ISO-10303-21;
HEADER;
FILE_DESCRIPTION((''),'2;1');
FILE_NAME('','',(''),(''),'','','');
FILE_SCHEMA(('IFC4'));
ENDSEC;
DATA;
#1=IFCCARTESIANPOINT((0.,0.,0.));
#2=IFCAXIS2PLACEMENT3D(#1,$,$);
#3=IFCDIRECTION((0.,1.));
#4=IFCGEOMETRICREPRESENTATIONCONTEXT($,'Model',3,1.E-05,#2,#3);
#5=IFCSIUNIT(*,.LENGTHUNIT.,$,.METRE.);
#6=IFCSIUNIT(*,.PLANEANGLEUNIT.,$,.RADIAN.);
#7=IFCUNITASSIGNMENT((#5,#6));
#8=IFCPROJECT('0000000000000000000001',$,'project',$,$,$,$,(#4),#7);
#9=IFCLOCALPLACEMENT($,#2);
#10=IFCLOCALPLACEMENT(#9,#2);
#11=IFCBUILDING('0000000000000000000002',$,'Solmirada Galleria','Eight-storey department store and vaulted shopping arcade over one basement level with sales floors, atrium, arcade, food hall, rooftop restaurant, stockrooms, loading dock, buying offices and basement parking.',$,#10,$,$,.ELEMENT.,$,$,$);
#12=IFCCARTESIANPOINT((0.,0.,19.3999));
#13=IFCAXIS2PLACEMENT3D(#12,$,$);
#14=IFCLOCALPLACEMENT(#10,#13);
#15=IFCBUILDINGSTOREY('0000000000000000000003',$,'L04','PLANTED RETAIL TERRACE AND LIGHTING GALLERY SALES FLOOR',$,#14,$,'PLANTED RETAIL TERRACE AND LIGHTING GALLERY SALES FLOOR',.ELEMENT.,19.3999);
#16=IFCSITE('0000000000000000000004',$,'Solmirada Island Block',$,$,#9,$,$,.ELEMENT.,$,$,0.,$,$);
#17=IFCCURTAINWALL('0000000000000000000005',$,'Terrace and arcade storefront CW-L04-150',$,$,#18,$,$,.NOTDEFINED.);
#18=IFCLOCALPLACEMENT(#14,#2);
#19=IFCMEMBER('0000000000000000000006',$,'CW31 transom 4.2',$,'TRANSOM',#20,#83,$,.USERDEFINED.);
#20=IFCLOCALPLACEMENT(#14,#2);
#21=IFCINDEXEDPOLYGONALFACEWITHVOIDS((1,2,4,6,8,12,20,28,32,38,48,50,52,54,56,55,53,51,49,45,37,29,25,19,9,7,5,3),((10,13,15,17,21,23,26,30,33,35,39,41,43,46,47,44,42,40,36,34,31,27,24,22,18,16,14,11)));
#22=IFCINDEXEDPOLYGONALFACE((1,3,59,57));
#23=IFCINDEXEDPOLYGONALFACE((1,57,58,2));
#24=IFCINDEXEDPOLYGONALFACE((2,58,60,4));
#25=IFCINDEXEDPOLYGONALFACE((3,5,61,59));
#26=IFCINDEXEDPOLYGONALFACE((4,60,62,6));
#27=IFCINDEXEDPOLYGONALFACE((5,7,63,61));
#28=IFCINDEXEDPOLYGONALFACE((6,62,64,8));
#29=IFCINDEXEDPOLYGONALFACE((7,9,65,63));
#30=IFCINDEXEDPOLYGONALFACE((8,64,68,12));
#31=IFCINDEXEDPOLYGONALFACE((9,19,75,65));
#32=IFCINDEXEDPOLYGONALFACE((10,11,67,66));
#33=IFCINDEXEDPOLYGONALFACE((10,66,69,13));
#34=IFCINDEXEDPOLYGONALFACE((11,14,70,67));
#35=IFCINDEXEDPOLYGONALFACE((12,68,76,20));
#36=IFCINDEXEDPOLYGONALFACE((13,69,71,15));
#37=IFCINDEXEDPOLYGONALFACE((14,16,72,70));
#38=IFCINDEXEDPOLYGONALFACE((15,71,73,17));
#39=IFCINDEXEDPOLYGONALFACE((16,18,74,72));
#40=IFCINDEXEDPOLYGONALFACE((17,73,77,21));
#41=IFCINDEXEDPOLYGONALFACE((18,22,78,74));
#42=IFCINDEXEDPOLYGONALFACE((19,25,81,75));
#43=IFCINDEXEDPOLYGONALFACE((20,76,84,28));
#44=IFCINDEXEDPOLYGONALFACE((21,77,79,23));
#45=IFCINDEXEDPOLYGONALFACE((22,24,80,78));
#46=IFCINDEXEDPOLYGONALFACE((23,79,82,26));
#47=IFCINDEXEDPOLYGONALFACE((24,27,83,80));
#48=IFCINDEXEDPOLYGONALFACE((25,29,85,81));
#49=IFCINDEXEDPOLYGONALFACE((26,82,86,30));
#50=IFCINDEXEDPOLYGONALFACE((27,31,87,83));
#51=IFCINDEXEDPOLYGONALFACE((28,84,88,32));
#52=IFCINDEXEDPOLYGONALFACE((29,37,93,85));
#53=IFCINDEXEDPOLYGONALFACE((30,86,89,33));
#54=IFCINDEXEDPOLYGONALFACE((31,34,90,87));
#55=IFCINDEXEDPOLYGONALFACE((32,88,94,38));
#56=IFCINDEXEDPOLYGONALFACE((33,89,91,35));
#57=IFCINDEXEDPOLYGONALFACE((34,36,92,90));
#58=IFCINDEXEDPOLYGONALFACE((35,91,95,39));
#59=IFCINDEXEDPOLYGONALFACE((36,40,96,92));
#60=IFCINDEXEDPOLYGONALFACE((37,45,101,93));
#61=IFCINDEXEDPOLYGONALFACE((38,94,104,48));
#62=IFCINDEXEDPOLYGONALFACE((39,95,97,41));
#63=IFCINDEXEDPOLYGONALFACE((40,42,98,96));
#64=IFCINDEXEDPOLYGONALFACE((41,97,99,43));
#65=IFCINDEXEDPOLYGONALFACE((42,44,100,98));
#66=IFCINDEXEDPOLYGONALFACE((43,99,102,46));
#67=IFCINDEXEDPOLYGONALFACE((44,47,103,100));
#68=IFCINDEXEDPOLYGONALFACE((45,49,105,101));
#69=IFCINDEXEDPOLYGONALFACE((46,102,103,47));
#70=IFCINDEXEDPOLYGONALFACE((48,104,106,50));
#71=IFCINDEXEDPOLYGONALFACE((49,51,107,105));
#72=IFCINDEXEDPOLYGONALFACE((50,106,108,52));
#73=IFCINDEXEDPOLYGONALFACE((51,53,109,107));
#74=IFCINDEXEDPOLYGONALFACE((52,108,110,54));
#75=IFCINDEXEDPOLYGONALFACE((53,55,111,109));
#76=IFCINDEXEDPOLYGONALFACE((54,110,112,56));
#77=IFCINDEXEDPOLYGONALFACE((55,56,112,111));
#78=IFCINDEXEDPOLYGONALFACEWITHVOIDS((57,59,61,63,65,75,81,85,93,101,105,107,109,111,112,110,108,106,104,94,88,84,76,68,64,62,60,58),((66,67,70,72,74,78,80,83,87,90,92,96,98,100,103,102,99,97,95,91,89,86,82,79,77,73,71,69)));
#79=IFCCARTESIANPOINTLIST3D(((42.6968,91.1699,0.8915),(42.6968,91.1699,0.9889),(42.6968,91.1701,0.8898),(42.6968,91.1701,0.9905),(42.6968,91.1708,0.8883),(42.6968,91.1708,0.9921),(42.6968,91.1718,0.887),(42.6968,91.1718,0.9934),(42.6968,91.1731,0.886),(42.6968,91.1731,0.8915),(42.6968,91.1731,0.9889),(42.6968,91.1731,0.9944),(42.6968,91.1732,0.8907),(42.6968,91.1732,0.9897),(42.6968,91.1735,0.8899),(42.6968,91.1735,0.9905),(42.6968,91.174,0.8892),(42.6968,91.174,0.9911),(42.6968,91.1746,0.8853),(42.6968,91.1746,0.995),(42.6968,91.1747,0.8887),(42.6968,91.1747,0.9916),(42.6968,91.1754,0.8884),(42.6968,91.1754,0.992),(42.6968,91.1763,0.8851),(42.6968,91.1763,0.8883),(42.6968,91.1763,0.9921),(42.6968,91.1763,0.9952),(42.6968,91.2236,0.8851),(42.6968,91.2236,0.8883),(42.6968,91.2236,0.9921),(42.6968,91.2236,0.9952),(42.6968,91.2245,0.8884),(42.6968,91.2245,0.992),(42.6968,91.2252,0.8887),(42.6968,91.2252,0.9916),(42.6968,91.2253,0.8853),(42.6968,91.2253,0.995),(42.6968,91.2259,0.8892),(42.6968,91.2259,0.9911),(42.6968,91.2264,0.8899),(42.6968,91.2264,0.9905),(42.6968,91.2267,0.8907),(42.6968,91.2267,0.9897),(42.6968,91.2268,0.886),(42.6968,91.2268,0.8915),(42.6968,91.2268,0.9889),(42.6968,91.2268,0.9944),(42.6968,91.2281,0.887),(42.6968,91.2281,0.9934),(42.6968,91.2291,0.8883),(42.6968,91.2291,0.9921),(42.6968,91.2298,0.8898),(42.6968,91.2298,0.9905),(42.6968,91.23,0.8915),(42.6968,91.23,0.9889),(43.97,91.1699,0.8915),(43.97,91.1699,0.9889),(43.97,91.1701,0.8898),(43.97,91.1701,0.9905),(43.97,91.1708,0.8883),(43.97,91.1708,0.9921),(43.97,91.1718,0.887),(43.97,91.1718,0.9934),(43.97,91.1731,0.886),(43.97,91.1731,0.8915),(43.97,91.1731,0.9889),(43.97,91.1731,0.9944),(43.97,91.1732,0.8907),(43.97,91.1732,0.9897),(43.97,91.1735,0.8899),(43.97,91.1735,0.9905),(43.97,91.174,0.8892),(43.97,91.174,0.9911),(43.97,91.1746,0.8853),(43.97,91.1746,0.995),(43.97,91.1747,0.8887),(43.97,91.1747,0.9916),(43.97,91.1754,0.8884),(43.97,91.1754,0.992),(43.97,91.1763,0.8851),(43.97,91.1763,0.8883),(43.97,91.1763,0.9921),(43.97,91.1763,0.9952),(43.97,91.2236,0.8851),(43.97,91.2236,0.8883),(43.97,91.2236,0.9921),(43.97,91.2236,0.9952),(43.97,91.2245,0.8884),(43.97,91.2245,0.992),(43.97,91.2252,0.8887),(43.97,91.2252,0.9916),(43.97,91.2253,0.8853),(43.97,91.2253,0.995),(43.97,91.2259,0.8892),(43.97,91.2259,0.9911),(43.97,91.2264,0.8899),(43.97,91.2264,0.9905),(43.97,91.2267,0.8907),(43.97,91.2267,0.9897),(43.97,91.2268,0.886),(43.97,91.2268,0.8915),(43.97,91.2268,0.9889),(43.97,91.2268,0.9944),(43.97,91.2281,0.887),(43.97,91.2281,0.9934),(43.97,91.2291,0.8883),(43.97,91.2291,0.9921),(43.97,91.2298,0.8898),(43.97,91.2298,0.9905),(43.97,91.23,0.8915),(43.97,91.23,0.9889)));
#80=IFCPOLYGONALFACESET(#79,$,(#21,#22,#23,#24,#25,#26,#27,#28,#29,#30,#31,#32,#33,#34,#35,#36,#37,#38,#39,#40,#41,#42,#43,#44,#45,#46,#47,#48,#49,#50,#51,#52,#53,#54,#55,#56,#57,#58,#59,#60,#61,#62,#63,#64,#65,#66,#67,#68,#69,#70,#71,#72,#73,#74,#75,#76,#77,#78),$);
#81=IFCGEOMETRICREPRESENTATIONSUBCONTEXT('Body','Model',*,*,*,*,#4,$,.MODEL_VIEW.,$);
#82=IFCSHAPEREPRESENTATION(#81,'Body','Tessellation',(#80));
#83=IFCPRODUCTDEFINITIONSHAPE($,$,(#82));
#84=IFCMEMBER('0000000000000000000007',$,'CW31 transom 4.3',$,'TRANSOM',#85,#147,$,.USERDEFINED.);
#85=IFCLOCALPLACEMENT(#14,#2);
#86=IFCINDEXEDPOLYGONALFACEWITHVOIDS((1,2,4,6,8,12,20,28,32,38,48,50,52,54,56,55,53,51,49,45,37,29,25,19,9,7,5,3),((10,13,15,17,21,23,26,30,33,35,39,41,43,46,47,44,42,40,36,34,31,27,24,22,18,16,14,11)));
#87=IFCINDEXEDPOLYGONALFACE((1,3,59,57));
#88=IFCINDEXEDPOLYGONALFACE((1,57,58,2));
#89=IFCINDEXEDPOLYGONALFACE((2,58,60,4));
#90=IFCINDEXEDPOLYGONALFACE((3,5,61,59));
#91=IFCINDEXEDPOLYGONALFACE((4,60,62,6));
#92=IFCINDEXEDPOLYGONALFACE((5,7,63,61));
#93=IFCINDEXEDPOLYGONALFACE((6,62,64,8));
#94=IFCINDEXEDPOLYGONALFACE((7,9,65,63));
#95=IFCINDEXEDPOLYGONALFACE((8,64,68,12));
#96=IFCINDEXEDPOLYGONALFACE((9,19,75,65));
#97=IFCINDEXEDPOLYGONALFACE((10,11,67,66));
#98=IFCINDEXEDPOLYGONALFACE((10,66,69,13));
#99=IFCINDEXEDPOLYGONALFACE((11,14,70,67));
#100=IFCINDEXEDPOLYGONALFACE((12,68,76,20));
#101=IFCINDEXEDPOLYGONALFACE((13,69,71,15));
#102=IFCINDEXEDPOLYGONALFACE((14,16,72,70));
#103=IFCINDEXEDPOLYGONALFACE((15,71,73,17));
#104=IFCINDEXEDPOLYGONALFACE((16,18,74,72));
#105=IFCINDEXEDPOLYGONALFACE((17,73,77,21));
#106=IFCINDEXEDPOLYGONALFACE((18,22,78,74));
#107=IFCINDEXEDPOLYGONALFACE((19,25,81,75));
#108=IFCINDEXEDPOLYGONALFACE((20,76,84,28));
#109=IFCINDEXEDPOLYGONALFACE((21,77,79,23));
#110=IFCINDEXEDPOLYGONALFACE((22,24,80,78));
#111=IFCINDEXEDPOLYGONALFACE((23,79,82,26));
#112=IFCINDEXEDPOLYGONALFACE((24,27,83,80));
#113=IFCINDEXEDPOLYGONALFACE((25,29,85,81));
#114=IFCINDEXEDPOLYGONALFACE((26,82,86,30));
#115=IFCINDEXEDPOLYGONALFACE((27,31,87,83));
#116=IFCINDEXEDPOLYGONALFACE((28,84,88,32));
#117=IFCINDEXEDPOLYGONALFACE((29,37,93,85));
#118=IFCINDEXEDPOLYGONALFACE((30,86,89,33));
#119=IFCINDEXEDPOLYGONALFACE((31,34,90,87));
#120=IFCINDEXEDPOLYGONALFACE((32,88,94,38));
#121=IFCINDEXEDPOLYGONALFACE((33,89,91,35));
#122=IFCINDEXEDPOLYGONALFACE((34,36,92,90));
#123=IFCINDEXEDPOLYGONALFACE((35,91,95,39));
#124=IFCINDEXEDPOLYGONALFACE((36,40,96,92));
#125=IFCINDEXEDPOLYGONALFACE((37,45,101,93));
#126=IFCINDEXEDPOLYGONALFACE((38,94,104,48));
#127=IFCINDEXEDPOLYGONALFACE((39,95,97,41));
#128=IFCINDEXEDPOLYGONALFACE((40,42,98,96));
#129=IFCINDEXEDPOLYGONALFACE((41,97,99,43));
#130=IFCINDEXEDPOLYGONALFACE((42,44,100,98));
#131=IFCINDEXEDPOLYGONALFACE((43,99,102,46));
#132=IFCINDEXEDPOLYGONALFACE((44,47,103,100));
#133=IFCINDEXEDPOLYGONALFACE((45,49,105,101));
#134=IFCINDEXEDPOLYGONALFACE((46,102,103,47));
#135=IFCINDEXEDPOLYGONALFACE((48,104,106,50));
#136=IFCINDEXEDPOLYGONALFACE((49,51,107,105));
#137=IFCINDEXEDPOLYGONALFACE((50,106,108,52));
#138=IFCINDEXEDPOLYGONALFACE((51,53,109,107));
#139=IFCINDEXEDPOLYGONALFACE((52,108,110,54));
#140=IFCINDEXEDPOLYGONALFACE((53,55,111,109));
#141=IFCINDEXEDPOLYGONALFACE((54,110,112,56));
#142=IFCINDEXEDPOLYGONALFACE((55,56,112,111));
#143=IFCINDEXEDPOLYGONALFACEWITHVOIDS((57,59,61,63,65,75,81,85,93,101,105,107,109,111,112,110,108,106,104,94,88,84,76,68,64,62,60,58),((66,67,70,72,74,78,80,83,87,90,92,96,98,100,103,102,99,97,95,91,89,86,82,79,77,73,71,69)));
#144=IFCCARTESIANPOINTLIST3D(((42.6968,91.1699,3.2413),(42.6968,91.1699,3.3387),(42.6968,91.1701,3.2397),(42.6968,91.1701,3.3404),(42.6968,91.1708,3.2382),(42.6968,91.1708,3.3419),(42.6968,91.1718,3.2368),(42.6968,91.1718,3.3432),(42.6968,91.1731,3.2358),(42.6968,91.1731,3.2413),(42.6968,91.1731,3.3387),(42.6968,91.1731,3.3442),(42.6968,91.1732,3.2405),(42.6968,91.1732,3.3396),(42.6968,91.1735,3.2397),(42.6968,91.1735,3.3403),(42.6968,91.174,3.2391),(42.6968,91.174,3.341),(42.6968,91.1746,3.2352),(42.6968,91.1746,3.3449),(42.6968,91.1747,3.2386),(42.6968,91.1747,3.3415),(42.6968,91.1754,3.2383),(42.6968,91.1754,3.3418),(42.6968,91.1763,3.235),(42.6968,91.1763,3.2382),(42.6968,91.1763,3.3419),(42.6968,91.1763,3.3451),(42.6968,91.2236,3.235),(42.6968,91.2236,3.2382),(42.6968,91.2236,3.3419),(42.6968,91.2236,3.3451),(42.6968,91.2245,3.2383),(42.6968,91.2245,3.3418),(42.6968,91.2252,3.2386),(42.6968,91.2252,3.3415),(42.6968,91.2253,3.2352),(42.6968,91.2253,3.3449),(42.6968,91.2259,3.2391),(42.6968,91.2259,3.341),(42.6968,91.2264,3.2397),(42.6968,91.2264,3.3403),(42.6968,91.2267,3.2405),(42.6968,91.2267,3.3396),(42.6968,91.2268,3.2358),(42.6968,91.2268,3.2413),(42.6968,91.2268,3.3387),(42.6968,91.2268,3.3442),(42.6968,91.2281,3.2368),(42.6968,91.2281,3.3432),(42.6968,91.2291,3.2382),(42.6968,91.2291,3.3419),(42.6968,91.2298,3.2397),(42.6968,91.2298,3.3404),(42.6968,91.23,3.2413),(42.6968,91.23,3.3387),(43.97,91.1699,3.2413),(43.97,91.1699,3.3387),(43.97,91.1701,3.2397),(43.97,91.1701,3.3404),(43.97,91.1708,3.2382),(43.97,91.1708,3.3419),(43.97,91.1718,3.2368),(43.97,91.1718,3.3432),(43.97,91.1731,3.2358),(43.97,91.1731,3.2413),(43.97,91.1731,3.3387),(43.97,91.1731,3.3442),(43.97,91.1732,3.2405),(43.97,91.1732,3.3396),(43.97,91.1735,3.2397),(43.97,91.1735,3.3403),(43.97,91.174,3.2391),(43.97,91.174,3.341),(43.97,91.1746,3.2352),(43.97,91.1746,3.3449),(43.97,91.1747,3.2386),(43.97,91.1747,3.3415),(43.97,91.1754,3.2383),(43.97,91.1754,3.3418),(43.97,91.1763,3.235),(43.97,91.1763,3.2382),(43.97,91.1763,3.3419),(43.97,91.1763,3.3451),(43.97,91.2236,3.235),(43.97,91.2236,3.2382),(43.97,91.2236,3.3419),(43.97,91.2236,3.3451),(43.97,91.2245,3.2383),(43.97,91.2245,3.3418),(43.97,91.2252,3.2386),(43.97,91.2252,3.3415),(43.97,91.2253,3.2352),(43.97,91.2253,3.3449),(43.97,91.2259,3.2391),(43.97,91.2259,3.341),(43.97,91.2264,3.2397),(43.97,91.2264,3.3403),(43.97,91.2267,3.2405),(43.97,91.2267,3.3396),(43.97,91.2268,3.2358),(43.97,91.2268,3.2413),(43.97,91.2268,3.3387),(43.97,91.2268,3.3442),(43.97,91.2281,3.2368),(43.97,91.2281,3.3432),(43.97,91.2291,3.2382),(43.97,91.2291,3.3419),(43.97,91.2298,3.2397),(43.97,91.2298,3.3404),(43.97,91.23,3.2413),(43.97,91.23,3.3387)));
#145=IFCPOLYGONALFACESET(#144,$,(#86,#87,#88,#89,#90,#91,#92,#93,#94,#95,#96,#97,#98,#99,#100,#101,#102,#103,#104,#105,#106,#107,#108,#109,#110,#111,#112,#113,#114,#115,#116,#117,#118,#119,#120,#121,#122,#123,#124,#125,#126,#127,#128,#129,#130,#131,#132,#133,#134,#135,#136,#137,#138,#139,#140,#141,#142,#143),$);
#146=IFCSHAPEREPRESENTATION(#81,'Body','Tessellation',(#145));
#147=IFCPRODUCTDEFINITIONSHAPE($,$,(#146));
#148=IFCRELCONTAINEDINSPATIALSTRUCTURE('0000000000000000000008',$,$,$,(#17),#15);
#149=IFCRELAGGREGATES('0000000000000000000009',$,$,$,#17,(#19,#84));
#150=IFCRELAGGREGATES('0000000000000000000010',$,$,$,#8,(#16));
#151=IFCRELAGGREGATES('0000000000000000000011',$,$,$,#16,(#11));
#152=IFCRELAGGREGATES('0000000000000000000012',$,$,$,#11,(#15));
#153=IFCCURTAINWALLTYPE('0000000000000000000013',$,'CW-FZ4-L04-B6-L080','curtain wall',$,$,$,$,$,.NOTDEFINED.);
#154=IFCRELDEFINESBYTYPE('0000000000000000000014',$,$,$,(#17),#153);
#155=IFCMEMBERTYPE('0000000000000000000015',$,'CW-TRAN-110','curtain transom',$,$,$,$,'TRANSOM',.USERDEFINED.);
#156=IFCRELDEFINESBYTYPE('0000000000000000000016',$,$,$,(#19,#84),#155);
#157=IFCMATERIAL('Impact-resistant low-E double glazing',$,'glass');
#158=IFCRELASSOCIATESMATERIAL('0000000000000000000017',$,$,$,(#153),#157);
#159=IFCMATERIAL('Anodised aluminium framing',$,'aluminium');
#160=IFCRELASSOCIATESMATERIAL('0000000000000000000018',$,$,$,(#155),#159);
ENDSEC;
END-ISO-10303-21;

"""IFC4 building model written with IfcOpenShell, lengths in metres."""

from ifc_helpers import new_model, si_unit, direction, frame, origin, origin_2d, place, context, subcontext, project, spatial, hollow_rectangle, extrude, material, material_profile, profile_set, type_object, element, aggregate, save


model = new_model("IFC4")

# Units and contexts
model_context = context("Model", 3, precision=1e-05, world=origin(), true_north=direction((0.0, 1.0)))
body_context = subcontext(model_context, "Body", "Model", "MODEL_VIEW")
ifc_project = project(units=[si_unit("LENGTHUNIT", "METRE"), si_unit("PLANEANGLEUNIT", "RADIAN")], contexts=[model_context])

# Site, building, storey
site_placement = place(None, origin())
site = spatial("IfcSite", under=ifc_project, at=site_placement, Name="Solmirada Island Block", CompositionType="ELEMENT", RefElevation=0.0)
building_placement = place(site_placement, origin())
building = spatial("IfcBuilding", under=site, at=building_placement, Name="Solmirada Galleria", Description="Eight-storey department store and vaulted shopping arcade over one basement level with sales floors, atrium, arcade, food hall, rooftop restaurant, stockrooms, loading dock, buying offices and basement parking.", CompositionType="ELEMENT")
storey_placement = place(building_placement, frame((0.0, 0.0, 19.3999)))
storey = spatial("IfcBuildingStorey", under=building, at=storey_placement, Name="L04", Description="PLANTED RETAIL TERRACE AND LIGHTING GALLERY SALES FLOOR", LongName="PLANTED RETAIL TERRACE AND LIGHTING GALLERY SALES FLOOR", CompositionType="ELEMENT", Elevation=19.3999)

# Curtain wall, members
ifc_material_1 = material(Name="Impact-resistant low-E double glazing", Category="glass")
curtain_wall_type = type_object("IfcCurtainWallType", Name="CW-FZ4-L04-B6-L080", Description="curtain wall", PredefinedType="NOTDEFINED", material=ifc_material_1)
curtain_wall_placement = place(storey_placement, origin())
curtain_wall = element("IfcCurtainWall", 1, at=curtain_wall_placement, inside=storey, type_object=curtain_wall_type, Name="Terrace and arcade storefront CW-L04-150", PredefinedType="NOTDEFINED")
ifc_material_2 = material(Name="Anodised aluminium framing", Category="aluminium")
ifc_material_profile_1 = material_profile(ifc_material_2, hollow_rectangle(XDim=0.0601, YDim=0.1101, WallThickness=0.0032, InnerFilletRadius=0.0032, OuterFilletRadius=0.0063, at=origin_2d()), Name="ALU-TRAN-110X60")
ifc_profile_set_1 = profile_set([ifc_material_profile_1], Name="Anodised aluminium framing")
member_type_1 = type_object("IfcMemberType", Name="CW-TRAN-110", Description="curtain transom", ElementType="TRANSOM", PredefinedType="USERDEFINED", material=ifc_profile_set_1)
member_1_placement = place(storey_placement, frame((43.97, 91.2, 0.9402), z_axis=(-1.0, 0.0, 0.0), x_axis=(0.0, -1.0, 0.0)))
member_1 = element("IfcMember", 2, at=member_1_placement, type_object=member_type_1, Name="CW31 transom 4.2", ObjectType="TRANSOM", PredefinedType="USERDEFINED", context=body_context, shape_type="SweptSolid", body=[
    extrude(hollow_rectangle(XDim=0.0601, YDim=0.1101, WallThickness=0.0032, InnerFilletRadius=0.0032, OuterFilletRadius=0.0063, at=origin_2d()), origin(), (0.0, 0.0, 1.0), 1.2732),
])
member_2_placement = place(storey_placement, frame((43.97, 91.2, 3.29), z_axis=(-1.0, 0.0, 0.0), x_axis=(0.0, -1.0, 0.0)))
member_2 = element("IfcMember", 3, at=member_2_placement, type_object=member_type_1, Name="CW31 transom 4.3", ObjectType="TRANSOM", PredefinedType="USERDEFINED", context=body_context, shape_type="SweptSolid", body=[
    extrude(hollow_rectangle(XDim=0.0601, YDim=0.1101, WallThickness=0.0032, InnerFilletRadius=0.0032, OuterFilletRadius=0.0063, at=origin_2d()), origin(), (0.0, 0.0, 1.0), 1.2732),
])
aggregate(curtain_wall, [member_1, member_2])

save(model, "model.ifc")
